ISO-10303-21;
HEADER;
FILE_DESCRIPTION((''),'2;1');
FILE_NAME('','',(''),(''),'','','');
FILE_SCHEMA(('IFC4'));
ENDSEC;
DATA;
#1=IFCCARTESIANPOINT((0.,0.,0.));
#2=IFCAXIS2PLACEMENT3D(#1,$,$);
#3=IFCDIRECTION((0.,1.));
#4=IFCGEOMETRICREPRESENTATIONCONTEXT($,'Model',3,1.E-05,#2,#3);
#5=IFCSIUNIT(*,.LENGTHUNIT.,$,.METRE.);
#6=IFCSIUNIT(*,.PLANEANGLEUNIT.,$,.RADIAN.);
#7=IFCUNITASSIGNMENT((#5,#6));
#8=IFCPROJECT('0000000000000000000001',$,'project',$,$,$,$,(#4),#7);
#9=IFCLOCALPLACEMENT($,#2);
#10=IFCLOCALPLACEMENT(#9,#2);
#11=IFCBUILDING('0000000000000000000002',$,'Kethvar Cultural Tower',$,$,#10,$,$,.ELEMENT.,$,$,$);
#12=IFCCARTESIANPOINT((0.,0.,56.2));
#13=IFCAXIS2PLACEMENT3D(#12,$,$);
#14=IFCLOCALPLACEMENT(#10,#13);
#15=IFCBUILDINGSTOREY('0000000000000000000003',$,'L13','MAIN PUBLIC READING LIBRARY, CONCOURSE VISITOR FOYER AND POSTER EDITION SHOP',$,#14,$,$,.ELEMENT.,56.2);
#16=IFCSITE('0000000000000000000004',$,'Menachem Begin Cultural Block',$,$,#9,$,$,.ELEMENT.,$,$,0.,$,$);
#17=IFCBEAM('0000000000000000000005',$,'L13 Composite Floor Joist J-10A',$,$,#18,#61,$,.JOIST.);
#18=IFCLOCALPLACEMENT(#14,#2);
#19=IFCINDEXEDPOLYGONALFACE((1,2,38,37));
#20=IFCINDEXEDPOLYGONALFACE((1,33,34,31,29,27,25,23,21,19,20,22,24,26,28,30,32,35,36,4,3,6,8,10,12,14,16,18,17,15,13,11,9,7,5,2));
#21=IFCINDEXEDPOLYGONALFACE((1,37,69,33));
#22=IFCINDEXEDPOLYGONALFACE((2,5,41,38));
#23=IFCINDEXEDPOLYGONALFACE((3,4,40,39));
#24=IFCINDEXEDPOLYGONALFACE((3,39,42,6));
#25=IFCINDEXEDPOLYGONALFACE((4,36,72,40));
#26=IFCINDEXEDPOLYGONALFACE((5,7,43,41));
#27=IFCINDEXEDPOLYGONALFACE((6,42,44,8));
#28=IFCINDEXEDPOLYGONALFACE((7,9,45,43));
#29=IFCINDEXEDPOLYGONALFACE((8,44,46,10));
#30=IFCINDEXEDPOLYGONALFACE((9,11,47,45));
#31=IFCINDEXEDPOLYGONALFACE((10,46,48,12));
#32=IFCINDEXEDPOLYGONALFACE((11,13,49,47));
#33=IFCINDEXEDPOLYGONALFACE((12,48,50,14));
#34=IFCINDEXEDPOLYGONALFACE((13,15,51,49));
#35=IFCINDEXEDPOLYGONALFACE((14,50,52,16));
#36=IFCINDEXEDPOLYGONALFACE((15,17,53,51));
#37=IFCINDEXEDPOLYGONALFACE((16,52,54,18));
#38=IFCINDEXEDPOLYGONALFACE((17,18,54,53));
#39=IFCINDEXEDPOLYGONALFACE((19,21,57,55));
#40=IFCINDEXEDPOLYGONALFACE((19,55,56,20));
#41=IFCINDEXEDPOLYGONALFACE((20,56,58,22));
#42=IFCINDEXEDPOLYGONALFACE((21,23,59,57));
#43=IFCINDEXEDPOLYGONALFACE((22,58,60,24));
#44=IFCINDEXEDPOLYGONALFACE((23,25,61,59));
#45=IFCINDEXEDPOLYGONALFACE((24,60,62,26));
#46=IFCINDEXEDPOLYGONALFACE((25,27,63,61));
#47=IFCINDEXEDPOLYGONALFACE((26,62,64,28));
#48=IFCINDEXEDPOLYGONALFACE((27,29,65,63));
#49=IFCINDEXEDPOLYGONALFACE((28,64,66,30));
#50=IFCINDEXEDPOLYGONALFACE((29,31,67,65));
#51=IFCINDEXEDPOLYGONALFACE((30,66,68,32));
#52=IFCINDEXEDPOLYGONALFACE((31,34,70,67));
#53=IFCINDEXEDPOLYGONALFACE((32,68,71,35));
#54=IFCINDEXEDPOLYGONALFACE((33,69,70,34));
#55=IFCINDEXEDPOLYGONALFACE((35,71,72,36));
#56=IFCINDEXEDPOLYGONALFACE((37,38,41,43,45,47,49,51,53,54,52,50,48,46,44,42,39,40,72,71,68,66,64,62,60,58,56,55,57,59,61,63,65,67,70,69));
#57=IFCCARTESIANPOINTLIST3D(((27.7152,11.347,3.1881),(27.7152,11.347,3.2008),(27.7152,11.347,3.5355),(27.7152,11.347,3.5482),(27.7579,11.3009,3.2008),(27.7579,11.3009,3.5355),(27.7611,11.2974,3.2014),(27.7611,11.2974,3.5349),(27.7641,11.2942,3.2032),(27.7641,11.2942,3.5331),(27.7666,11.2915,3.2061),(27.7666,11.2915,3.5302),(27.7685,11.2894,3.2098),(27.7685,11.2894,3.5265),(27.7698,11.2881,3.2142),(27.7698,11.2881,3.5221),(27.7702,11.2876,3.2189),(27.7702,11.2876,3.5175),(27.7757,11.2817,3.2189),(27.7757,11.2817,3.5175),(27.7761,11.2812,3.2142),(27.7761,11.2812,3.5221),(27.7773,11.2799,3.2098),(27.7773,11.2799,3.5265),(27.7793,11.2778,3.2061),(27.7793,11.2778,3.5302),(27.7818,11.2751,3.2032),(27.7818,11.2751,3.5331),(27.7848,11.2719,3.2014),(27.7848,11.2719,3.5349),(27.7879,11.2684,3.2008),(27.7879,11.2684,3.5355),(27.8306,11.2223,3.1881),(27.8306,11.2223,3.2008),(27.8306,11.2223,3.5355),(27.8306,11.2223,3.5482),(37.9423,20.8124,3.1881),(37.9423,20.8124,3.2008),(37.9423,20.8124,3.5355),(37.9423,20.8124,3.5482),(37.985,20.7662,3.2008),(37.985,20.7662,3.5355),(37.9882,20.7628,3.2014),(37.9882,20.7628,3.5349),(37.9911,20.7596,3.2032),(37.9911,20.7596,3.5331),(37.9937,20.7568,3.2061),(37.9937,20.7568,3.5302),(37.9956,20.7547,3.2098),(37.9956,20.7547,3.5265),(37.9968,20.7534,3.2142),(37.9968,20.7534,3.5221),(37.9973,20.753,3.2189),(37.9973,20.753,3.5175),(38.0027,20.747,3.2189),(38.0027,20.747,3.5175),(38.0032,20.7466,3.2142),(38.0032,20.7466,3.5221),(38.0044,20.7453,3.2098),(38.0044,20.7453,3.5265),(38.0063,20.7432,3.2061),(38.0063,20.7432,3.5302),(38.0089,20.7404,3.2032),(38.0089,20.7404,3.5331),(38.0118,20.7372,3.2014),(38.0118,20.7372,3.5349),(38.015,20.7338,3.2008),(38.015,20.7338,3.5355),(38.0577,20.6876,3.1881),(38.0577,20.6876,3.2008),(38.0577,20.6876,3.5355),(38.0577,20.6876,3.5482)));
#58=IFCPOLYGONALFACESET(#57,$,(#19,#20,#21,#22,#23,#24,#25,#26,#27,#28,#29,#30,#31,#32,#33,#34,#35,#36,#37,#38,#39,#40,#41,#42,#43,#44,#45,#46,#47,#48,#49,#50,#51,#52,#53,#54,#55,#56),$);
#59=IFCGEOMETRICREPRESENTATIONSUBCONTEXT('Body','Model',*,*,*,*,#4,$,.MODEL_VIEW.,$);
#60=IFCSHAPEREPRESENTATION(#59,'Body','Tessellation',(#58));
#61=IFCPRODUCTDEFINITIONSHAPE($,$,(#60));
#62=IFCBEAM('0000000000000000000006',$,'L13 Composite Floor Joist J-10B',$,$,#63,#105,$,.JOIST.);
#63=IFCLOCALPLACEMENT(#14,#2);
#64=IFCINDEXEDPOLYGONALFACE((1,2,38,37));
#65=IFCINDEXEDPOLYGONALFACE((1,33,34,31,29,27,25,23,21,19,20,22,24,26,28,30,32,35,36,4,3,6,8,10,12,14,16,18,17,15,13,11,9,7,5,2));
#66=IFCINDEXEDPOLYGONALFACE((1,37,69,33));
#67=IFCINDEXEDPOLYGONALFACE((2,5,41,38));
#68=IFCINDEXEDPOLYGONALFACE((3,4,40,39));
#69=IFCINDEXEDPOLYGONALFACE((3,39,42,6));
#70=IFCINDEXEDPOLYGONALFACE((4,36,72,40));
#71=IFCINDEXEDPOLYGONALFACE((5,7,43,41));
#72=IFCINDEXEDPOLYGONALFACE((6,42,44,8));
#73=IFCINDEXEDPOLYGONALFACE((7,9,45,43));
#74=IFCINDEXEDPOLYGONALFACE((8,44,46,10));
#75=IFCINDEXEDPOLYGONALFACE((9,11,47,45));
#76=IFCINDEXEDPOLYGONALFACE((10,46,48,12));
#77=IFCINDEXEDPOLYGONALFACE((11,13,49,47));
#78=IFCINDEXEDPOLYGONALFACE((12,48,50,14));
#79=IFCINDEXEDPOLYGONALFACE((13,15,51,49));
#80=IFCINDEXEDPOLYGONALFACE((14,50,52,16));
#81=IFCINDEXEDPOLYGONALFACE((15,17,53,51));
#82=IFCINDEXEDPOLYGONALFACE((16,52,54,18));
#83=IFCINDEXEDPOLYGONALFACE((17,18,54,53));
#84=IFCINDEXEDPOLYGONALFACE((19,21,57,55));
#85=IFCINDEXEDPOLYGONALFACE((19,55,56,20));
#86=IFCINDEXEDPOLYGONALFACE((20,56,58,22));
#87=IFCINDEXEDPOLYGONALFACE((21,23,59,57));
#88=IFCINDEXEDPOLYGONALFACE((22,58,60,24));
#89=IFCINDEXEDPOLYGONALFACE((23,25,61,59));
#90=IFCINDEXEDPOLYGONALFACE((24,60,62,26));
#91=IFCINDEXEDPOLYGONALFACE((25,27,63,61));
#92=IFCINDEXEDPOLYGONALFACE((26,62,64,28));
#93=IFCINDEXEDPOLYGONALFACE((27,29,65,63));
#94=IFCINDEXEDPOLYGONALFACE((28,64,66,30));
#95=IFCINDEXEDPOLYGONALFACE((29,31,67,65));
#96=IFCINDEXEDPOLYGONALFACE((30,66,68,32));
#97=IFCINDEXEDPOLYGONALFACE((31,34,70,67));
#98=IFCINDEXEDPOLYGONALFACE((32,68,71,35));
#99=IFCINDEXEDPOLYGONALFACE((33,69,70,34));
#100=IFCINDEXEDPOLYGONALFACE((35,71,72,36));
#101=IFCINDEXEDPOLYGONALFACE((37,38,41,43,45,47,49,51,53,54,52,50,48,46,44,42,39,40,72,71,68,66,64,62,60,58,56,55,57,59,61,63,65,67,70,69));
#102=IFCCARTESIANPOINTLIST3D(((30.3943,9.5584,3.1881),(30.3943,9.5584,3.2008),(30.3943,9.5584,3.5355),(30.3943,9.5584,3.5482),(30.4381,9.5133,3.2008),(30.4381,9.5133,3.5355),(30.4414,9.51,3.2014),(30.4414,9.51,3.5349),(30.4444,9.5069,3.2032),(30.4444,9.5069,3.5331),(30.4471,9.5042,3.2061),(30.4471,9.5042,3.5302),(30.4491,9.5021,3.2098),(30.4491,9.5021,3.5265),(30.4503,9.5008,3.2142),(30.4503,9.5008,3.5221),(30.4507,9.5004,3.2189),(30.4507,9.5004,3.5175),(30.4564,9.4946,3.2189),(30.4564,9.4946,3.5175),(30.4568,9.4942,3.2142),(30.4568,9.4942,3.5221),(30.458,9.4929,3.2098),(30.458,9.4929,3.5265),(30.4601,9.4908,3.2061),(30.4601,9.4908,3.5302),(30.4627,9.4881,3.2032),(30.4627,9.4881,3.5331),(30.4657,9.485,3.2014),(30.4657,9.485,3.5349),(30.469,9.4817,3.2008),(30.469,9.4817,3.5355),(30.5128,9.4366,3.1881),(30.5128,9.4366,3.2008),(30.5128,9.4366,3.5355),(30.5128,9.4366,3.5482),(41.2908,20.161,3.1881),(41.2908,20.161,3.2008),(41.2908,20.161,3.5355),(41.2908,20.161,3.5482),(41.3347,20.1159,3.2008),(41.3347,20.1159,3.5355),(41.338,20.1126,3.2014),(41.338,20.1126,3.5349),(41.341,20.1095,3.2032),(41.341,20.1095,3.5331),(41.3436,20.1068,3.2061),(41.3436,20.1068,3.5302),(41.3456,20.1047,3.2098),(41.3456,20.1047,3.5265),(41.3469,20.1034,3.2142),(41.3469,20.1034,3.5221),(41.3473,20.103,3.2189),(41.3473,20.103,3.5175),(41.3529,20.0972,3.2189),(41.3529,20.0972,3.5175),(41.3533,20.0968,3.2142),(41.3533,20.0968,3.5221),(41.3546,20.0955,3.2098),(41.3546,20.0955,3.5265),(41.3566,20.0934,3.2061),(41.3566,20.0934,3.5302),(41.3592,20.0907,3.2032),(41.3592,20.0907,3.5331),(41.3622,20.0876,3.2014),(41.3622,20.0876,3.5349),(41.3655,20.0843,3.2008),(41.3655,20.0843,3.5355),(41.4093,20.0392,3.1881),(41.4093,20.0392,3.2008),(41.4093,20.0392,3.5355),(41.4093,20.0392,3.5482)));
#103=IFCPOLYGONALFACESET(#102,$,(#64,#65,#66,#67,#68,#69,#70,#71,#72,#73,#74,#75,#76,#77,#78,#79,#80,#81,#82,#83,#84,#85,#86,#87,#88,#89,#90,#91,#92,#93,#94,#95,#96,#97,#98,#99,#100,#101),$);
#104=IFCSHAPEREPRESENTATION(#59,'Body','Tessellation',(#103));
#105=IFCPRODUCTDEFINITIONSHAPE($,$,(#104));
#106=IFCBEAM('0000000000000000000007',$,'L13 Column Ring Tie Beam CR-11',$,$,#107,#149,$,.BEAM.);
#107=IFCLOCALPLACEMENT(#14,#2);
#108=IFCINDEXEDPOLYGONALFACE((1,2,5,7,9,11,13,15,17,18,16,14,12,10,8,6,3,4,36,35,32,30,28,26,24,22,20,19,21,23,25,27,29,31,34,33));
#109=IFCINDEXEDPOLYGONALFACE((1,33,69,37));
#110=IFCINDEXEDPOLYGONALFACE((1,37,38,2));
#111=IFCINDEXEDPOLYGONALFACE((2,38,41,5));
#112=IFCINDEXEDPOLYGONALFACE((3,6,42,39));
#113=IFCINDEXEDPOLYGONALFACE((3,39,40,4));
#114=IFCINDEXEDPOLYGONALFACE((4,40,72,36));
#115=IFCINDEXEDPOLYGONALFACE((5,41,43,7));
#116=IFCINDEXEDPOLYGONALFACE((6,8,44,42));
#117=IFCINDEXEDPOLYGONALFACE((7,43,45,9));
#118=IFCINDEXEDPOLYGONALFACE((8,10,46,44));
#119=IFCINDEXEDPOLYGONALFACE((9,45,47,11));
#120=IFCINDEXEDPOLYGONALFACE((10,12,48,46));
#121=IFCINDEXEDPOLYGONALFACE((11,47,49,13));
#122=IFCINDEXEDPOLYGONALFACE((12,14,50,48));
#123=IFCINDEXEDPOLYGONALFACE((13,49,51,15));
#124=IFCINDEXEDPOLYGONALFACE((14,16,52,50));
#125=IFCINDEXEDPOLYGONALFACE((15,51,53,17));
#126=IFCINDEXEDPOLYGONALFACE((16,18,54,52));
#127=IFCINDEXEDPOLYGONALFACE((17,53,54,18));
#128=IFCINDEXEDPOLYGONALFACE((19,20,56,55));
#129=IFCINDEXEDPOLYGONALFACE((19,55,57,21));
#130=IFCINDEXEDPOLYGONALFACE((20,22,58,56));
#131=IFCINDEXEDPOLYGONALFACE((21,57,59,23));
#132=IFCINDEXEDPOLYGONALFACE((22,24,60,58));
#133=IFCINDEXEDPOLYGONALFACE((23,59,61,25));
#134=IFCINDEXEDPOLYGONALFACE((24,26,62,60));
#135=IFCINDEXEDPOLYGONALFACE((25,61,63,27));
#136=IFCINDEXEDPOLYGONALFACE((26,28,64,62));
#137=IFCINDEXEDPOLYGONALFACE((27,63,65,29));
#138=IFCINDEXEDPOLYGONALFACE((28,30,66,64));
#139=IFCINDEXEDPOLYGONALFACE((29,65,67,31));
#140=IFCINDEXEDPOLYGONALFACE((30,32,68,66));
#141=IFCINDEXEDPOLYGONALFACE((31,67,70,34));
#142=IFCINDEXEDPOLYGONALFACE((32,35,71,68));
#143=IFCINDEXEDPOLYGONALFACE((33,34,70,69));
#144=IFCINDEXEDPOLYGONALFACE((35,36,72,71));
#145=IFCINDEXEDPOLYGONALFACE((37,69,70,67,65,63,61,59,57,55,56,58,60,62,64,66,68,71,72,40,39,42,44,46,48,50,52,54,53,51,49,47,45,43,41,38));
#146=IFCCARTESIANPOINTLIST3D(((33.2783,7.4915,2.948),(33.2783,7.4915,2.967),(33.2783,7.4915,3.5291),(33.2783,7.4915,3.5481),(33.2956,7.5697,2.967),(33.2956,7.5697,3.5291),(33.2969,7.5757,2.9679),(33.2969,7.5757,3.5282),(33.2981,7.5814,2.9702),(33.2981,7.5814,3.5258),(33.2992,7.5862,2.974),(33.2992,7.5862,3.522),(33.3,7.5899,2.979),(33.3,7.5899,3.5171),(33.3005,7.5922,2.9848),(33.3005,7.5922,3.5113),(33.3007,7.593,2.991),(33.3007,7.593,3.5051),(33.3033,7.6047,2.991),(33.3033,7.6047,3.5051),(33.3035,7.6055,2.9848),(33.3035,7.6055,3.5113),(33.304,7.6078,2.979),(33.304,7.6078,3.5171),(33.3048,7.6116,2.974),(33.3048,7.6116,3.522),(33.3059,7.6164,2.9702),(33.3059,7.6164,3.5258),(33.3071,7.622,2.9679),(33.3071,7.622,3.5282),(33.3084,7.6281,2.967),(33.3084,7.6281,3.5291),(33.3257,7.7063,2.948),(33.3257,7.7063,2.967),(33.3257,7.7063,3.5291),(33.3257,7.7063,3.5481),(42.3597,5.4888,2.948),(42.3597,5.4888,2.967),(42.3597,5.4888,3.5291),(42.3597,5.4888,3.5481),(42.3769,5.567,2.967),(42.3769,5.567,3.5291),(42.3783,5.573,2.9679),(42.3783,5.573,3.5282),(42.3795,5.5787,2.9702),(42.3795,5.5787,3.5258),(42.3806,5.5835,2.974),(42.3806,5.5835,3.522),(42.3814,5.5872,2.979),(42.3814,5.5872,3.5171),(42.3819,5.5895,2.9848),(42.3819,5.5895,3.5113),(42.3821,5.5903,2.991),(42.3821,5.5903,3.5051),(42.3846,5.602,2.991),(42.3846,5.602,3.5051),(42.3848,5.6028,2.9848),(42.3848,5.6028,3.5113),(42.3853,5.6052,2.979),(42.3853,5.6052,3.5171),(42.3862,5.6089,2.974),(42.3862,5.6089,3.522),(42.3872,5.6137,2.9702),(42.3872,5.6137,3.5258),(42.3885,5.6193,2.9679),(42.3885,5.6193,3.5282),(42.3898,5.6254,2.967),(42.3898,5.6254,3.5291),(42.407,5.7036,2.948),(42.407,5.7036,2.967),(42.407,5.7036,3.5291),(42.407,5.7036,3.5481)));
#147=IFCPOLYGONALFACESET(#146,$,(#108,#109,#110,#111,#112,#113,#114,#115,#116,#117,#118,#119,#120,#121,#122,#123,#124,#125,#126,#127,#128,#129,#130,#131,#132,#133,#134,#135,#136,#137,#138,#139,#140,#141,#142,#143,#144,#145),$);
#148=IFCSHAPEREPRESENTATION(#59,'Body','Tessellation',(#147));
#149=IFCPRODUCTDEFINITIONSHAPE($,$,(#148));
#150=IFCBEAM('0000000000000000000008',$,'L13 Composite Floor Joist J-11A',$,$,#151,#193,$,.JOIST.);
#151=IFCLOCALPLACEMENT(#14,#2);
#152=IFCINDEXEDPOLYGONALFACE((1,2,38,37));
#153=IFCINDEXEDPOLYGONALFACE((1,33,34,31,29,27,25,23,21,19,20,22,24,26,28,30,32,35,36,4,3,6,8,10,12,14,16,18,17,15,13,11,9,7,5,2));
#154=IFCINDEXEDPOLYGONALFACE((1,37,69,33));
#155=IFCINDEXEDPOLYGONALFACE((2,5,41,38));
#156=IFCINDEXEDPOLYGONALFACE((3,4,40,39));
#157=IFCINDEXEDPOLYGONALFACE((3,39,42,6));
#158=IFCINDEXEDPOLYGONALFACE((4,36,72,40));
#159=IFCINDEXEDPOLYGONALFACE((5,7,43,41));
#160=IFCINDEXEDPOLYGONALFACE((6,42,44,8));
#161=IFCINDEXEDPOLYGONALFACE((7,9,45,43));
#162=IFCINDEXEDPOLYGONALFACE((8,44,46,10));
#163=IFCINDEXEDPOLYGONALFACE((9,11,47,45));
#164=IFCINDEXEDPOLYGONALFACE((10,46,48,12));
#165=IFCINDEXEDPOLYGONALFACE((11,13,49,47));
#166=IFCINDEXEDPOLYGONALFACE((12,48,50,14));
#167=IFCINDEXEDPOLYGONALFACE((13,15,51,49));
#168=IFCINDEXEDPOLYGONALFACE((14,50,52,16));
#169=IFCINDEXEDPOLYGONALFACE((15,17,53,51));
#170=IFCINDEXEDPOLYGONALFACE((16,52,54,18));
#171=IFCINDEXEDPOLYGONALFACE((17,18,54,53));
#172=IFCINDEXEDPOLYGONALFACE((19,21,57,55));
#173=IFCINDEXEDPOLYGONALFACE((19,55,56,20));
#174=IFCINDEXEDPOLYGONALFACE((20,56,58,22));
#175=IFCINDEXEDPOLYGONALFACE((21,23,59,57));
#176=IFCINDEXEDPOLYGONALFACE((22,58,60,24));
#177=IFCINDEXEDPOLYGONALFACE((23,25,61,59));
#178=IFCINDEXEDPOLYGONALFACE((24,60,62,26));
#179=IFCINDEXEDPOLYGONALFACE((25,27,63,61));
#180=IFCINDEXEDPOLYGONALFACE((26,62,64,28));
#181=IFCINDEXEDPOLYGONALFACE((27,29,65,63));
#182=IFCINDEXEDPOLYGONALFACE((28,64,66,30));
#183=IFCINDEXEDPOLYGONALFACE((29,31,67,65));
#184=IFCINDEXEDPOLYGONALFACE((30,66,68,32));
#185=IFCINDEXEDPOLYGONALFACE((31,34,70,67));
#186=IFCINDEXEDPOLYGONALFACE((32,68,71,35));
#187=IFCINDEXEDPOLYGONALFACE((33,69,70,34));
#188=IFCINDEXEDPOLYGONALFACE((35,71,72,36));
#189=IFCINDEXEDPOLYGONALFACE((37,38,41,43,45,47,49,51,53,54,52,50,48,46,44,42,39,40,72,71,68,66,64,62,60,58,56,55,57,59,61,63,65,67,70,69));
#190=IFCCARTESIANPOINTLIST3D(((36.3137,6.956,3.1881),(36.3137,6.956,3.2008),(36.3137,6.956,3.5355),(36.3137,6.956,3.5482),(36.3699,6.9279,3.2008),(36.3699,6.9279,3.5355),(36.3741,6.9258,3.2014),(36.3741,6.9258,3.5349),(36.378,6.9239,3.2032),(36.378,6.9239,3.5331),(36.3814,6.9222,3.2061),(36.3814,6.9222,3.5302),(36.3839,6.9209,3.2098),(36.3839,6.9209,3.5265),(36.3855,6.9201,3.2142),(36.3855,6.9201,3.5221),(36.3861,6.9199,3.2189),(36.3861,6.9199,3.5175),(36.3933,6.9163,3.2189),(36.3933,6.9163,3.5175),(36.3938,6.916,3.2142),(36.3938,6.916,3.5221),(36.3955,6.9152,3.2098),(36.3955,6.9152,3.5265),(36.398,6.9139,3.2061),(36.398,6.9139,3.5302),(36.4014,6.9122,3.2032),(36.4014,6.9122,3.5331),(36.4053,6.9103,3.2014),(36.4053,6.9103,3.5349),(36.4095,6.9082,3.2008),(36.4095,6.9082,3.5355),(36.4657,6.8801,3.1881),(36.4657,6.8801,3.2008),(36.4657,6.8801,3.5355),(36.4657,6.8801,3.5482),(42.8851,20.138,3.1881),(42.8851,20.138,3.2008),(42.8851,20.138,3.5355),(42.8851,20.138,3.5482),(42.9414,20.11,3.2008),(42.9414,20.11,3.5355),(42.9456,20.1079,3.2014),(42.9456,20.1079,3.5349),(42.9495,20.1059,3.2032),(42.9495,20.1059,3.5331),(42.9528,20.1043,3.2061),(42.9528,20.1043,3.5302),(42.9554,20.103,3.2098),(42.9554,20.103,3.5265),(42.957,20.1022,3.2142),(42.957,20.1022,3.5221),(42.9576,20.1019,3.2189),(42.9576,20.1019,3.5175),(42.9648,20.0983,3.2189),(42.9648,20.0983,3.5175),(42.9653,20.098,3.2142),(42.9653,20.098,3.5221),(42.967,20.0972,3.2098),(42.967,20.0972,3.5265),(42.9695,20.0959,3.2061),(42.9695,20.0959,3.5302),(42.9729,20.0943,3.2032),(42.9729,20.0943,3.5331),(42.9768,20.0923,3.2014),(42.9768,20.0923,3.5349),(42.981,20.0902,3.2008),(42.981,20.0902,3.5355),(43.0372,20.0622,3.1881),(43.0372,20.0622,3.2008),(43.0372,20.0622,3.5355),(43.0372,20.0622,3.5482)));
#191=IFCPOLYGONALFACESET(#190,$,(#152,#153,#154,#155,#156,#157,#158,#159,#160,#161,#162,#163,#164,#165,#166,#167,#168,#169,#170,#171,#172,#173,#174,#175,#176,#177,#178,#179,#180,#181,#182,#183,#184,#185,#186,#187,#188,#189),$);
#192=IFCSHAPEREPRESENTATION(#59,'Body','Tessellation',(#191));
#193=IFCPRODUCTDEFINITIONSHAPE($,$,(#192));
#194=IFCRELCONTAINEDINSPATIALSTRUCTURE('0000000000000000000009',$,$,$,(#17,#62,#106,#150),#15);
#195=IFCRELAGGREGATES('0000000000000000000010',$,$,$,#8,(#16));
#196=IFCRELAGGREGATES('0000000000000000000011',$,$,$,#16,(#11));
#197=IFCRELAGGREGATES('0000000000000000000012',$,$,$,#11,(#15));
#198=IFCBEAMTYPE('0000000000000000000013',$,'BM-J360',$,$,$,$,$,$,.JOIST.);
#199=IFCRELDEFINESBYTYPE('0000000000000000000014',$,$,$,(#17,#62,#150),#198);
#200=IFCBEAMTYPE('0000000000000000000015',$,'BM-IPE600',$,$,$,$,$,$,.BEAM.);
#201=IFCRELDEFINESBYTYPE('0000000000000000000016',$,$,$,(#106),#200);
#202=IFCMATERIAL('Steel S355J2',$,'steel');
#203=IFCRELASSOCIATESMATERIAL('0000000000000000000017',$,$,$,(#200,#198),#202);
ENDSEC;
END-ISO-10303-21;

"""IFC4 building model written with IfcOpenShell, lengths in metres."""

from ifc_helpers import new_model, si_unit, direction, frame, origin, origin_2d, place, context, subcontext, project, spatial, i_section, extrude, source, transform, mapped, material, material_profile, profile_set, type_object, element, save


model = new_model("IFC4")

# Units and contexts
model_context = context("Model", 3, precision=1e-05, world=origin(), true_north=direction((0.0, 1.0)))
body_context = subcontext(model_context, "Body", "Model", "MODEL_VIEW")
ifc_project = project(units=[si_unit("LENGTHUNIT", "METRE"), si_unit("PLANEANGLEUNIT", "RADIAN")], contexts=[model_context])

# Site, building, storey
site_placement = place(None, origin())
site = spatial("IfcSite", under=ifc_project, at=site_placement, Name="Menachem Begin Cultural Block", CompositionType="ELEMENT", RefElevation=0.0)
building_placement = place(site_placement, origin())
building = spatial("IfcBuilding", under=site, at=building_placement, Name="Kethvar Cultural Tower", CompositionType="ELEMENT")
storey_placement = place(building_placement, frame((0.0, 0.0, 56.2)))
storey = spatial("IfcBuildingStorey", under=building, at=storey_placement, Name="L13", Description="MAIN PUBLIC READING LIBRARY, CONCOURSE VISITOR FOYER AND POSTER EDITION SHOP", CompositionType="ELEMENT", Elevation=56.2)

# Beams
ifc_material_1 = material(Name="Steel S355J2", Category="steel")
ifc_material_profile_1 = material_profile(ifc_material_1, i_section(OverallWidth=0.22, OverallDepth=0.6001, WebThickness=0.012, FlangeThickness=0.019, FilletRadius=0.0239, at=origin_2d()), Name="Steel S355J2 — IPE600")
ifc_profile_set_1 = profile_set([ifc_material_profile_1], Name="Steel S355J2 — IPE600")
beam_type_1 = type_object("IfcBeamType", Name="BM-IPE600", PredefinedType="BEAM", material=ifc_profile_set_1)
ifc_material_profile_2 = material_profile(ifc_material_1, i_section(OverallWidth=0.1699, OverallDepth=0.3601, WebThickness=0.0081, FlangeThickness=0.0127, FilletRadius=0.0181, at=origin_2d()), Name="Steel S355J2 — IPE360")
ifc_profile_set_2 = profile_set([ifc_material_profile_2], Name="Steel S355J2 — IPE360")
beam_type_2 = type_object("IfcBeamType", Name="BM-J360", PredefinedType="JOIST", material=ifc_profile_set_2)
shared_shape_1 = source(origin(), body_context, "Body", "SweptSolid", [
    extrude(i_section(OverallWidth=0.1699, OverallDepth=0.3601, WebThickness=0.0081, FlangeThickness=0.0127, FilletRadius=0.0181, at=origin_2d()), origin(), (0.0, 0.0, 1.0), 13.9351),
])
beam_1_placement = place(storey_placement, frame((38.0, 20.75, 3.3682), z_axis=(-0.733909, -0.679247, 0.0), x_axis=(0.679247, -0.733909, 0.0)))
element("IfcBeam", 1, at=beam_1_placement, inside=storey, type_object=beam_type_2, Name="L13 Composite Floor Joist J-10A", PredefinedType="JOIST", context=body_context, shape_type="MappedRepresentation", body=[
    mapped(shared_shape_1, transform((0.0, 0.0, 0.0), scale=1.0)),
])
shared_shape_2 = source(origin(), body_context, "Body", "SweptSolid", [
    extrude(i_section(OverallWidth=0.1699, OverallDepth=0.3601, WebThickness=0.0081, FlangeThickness=0.0127, FilletRadius=0.0181, at=origin_2d()), origin(), (0.0, 0.0, 1.0), 15.2036),
])
beam_2_placement = place(storey_placement, frame((41.3501, 20.1001, 3.3682), z_axis=(-0.716708, -0.697374, 0.0), x_axis=(0.697374, -0.716708, 0.0)))
element("IfcBeam", 2, at=beam_2_placement, inside=storey, type_object=beam_type_2, Name="L13 Composite Floor Joist J-10B", PredefinedType="JOIST", context=body_context, shape_type="MappedRepresentation", body=[
    mapped(shared_shape_2, transform((0.0, 0.0, 0.0), scale=1.0)),
])
shared_shape_3 = source(origin(), body_context, "Body", "SweptSolid", [
    extrude(i_section(OverallWidth=0.22, OverallDepth=0.6001, WebThickness=0.012, FlangeThickness=0.019, FilletRadius=0.0239, at=origin_2d()), origin(), (0.0, 0.0, 1.0), 9.2996),
])
beam_3_placement = place(storey_placement, frame((33.302, 7.5989, 3.248), z_axis=(0.976536, -0.215354, 0.0), x_axis=(0.215354, 0.976536, 0.0)))
element("IfcBeam", 3, at=beam_3_placement, inside=storey, type_object=beam_type_1, Name="L13 Column Ring Tie Beam CR-11", PredefinedType="BEAM", context=body_context, shape_type="MappedRepresentation", body=[
    mapped(shared_shape_3, transform((0.0, 0.0, 0.0), scale=1.0)),
])
shared_shape_4 = source(origin(), body_context, "Body", "SweptSolid", [
    extrude(i_section(OverallWidth=0.1699, OverallDepth=0.3601, WebThickness=0.0081, FlangeThickness=0.0127, FilletRadius=0.0181, at=origin_2d()), origin(), (0.0, 0.0, 1.0), 14.7292),
])
beam_4_placement = place(storey_placement, frame((42.9612, 20.1001, 3.3682), z_axis=(-0.446152, -0.894957, 0.0), x_axis=(0.894957, -0.446152, 0.0)))
element("IfcBeam", 4, at=beam_4_placement, inside=storey, type_object=beam_type_2, Name="L13 Composite Floor Joist J-11A", PredefinedType="JOIST", context=body_context, shape_type="MappedRepresentation", body=[
    mapped(shared_shape_4, transform((0.0, 0.0, 0.0), scale=1.0)),
])

save(model, "model.ifc")
